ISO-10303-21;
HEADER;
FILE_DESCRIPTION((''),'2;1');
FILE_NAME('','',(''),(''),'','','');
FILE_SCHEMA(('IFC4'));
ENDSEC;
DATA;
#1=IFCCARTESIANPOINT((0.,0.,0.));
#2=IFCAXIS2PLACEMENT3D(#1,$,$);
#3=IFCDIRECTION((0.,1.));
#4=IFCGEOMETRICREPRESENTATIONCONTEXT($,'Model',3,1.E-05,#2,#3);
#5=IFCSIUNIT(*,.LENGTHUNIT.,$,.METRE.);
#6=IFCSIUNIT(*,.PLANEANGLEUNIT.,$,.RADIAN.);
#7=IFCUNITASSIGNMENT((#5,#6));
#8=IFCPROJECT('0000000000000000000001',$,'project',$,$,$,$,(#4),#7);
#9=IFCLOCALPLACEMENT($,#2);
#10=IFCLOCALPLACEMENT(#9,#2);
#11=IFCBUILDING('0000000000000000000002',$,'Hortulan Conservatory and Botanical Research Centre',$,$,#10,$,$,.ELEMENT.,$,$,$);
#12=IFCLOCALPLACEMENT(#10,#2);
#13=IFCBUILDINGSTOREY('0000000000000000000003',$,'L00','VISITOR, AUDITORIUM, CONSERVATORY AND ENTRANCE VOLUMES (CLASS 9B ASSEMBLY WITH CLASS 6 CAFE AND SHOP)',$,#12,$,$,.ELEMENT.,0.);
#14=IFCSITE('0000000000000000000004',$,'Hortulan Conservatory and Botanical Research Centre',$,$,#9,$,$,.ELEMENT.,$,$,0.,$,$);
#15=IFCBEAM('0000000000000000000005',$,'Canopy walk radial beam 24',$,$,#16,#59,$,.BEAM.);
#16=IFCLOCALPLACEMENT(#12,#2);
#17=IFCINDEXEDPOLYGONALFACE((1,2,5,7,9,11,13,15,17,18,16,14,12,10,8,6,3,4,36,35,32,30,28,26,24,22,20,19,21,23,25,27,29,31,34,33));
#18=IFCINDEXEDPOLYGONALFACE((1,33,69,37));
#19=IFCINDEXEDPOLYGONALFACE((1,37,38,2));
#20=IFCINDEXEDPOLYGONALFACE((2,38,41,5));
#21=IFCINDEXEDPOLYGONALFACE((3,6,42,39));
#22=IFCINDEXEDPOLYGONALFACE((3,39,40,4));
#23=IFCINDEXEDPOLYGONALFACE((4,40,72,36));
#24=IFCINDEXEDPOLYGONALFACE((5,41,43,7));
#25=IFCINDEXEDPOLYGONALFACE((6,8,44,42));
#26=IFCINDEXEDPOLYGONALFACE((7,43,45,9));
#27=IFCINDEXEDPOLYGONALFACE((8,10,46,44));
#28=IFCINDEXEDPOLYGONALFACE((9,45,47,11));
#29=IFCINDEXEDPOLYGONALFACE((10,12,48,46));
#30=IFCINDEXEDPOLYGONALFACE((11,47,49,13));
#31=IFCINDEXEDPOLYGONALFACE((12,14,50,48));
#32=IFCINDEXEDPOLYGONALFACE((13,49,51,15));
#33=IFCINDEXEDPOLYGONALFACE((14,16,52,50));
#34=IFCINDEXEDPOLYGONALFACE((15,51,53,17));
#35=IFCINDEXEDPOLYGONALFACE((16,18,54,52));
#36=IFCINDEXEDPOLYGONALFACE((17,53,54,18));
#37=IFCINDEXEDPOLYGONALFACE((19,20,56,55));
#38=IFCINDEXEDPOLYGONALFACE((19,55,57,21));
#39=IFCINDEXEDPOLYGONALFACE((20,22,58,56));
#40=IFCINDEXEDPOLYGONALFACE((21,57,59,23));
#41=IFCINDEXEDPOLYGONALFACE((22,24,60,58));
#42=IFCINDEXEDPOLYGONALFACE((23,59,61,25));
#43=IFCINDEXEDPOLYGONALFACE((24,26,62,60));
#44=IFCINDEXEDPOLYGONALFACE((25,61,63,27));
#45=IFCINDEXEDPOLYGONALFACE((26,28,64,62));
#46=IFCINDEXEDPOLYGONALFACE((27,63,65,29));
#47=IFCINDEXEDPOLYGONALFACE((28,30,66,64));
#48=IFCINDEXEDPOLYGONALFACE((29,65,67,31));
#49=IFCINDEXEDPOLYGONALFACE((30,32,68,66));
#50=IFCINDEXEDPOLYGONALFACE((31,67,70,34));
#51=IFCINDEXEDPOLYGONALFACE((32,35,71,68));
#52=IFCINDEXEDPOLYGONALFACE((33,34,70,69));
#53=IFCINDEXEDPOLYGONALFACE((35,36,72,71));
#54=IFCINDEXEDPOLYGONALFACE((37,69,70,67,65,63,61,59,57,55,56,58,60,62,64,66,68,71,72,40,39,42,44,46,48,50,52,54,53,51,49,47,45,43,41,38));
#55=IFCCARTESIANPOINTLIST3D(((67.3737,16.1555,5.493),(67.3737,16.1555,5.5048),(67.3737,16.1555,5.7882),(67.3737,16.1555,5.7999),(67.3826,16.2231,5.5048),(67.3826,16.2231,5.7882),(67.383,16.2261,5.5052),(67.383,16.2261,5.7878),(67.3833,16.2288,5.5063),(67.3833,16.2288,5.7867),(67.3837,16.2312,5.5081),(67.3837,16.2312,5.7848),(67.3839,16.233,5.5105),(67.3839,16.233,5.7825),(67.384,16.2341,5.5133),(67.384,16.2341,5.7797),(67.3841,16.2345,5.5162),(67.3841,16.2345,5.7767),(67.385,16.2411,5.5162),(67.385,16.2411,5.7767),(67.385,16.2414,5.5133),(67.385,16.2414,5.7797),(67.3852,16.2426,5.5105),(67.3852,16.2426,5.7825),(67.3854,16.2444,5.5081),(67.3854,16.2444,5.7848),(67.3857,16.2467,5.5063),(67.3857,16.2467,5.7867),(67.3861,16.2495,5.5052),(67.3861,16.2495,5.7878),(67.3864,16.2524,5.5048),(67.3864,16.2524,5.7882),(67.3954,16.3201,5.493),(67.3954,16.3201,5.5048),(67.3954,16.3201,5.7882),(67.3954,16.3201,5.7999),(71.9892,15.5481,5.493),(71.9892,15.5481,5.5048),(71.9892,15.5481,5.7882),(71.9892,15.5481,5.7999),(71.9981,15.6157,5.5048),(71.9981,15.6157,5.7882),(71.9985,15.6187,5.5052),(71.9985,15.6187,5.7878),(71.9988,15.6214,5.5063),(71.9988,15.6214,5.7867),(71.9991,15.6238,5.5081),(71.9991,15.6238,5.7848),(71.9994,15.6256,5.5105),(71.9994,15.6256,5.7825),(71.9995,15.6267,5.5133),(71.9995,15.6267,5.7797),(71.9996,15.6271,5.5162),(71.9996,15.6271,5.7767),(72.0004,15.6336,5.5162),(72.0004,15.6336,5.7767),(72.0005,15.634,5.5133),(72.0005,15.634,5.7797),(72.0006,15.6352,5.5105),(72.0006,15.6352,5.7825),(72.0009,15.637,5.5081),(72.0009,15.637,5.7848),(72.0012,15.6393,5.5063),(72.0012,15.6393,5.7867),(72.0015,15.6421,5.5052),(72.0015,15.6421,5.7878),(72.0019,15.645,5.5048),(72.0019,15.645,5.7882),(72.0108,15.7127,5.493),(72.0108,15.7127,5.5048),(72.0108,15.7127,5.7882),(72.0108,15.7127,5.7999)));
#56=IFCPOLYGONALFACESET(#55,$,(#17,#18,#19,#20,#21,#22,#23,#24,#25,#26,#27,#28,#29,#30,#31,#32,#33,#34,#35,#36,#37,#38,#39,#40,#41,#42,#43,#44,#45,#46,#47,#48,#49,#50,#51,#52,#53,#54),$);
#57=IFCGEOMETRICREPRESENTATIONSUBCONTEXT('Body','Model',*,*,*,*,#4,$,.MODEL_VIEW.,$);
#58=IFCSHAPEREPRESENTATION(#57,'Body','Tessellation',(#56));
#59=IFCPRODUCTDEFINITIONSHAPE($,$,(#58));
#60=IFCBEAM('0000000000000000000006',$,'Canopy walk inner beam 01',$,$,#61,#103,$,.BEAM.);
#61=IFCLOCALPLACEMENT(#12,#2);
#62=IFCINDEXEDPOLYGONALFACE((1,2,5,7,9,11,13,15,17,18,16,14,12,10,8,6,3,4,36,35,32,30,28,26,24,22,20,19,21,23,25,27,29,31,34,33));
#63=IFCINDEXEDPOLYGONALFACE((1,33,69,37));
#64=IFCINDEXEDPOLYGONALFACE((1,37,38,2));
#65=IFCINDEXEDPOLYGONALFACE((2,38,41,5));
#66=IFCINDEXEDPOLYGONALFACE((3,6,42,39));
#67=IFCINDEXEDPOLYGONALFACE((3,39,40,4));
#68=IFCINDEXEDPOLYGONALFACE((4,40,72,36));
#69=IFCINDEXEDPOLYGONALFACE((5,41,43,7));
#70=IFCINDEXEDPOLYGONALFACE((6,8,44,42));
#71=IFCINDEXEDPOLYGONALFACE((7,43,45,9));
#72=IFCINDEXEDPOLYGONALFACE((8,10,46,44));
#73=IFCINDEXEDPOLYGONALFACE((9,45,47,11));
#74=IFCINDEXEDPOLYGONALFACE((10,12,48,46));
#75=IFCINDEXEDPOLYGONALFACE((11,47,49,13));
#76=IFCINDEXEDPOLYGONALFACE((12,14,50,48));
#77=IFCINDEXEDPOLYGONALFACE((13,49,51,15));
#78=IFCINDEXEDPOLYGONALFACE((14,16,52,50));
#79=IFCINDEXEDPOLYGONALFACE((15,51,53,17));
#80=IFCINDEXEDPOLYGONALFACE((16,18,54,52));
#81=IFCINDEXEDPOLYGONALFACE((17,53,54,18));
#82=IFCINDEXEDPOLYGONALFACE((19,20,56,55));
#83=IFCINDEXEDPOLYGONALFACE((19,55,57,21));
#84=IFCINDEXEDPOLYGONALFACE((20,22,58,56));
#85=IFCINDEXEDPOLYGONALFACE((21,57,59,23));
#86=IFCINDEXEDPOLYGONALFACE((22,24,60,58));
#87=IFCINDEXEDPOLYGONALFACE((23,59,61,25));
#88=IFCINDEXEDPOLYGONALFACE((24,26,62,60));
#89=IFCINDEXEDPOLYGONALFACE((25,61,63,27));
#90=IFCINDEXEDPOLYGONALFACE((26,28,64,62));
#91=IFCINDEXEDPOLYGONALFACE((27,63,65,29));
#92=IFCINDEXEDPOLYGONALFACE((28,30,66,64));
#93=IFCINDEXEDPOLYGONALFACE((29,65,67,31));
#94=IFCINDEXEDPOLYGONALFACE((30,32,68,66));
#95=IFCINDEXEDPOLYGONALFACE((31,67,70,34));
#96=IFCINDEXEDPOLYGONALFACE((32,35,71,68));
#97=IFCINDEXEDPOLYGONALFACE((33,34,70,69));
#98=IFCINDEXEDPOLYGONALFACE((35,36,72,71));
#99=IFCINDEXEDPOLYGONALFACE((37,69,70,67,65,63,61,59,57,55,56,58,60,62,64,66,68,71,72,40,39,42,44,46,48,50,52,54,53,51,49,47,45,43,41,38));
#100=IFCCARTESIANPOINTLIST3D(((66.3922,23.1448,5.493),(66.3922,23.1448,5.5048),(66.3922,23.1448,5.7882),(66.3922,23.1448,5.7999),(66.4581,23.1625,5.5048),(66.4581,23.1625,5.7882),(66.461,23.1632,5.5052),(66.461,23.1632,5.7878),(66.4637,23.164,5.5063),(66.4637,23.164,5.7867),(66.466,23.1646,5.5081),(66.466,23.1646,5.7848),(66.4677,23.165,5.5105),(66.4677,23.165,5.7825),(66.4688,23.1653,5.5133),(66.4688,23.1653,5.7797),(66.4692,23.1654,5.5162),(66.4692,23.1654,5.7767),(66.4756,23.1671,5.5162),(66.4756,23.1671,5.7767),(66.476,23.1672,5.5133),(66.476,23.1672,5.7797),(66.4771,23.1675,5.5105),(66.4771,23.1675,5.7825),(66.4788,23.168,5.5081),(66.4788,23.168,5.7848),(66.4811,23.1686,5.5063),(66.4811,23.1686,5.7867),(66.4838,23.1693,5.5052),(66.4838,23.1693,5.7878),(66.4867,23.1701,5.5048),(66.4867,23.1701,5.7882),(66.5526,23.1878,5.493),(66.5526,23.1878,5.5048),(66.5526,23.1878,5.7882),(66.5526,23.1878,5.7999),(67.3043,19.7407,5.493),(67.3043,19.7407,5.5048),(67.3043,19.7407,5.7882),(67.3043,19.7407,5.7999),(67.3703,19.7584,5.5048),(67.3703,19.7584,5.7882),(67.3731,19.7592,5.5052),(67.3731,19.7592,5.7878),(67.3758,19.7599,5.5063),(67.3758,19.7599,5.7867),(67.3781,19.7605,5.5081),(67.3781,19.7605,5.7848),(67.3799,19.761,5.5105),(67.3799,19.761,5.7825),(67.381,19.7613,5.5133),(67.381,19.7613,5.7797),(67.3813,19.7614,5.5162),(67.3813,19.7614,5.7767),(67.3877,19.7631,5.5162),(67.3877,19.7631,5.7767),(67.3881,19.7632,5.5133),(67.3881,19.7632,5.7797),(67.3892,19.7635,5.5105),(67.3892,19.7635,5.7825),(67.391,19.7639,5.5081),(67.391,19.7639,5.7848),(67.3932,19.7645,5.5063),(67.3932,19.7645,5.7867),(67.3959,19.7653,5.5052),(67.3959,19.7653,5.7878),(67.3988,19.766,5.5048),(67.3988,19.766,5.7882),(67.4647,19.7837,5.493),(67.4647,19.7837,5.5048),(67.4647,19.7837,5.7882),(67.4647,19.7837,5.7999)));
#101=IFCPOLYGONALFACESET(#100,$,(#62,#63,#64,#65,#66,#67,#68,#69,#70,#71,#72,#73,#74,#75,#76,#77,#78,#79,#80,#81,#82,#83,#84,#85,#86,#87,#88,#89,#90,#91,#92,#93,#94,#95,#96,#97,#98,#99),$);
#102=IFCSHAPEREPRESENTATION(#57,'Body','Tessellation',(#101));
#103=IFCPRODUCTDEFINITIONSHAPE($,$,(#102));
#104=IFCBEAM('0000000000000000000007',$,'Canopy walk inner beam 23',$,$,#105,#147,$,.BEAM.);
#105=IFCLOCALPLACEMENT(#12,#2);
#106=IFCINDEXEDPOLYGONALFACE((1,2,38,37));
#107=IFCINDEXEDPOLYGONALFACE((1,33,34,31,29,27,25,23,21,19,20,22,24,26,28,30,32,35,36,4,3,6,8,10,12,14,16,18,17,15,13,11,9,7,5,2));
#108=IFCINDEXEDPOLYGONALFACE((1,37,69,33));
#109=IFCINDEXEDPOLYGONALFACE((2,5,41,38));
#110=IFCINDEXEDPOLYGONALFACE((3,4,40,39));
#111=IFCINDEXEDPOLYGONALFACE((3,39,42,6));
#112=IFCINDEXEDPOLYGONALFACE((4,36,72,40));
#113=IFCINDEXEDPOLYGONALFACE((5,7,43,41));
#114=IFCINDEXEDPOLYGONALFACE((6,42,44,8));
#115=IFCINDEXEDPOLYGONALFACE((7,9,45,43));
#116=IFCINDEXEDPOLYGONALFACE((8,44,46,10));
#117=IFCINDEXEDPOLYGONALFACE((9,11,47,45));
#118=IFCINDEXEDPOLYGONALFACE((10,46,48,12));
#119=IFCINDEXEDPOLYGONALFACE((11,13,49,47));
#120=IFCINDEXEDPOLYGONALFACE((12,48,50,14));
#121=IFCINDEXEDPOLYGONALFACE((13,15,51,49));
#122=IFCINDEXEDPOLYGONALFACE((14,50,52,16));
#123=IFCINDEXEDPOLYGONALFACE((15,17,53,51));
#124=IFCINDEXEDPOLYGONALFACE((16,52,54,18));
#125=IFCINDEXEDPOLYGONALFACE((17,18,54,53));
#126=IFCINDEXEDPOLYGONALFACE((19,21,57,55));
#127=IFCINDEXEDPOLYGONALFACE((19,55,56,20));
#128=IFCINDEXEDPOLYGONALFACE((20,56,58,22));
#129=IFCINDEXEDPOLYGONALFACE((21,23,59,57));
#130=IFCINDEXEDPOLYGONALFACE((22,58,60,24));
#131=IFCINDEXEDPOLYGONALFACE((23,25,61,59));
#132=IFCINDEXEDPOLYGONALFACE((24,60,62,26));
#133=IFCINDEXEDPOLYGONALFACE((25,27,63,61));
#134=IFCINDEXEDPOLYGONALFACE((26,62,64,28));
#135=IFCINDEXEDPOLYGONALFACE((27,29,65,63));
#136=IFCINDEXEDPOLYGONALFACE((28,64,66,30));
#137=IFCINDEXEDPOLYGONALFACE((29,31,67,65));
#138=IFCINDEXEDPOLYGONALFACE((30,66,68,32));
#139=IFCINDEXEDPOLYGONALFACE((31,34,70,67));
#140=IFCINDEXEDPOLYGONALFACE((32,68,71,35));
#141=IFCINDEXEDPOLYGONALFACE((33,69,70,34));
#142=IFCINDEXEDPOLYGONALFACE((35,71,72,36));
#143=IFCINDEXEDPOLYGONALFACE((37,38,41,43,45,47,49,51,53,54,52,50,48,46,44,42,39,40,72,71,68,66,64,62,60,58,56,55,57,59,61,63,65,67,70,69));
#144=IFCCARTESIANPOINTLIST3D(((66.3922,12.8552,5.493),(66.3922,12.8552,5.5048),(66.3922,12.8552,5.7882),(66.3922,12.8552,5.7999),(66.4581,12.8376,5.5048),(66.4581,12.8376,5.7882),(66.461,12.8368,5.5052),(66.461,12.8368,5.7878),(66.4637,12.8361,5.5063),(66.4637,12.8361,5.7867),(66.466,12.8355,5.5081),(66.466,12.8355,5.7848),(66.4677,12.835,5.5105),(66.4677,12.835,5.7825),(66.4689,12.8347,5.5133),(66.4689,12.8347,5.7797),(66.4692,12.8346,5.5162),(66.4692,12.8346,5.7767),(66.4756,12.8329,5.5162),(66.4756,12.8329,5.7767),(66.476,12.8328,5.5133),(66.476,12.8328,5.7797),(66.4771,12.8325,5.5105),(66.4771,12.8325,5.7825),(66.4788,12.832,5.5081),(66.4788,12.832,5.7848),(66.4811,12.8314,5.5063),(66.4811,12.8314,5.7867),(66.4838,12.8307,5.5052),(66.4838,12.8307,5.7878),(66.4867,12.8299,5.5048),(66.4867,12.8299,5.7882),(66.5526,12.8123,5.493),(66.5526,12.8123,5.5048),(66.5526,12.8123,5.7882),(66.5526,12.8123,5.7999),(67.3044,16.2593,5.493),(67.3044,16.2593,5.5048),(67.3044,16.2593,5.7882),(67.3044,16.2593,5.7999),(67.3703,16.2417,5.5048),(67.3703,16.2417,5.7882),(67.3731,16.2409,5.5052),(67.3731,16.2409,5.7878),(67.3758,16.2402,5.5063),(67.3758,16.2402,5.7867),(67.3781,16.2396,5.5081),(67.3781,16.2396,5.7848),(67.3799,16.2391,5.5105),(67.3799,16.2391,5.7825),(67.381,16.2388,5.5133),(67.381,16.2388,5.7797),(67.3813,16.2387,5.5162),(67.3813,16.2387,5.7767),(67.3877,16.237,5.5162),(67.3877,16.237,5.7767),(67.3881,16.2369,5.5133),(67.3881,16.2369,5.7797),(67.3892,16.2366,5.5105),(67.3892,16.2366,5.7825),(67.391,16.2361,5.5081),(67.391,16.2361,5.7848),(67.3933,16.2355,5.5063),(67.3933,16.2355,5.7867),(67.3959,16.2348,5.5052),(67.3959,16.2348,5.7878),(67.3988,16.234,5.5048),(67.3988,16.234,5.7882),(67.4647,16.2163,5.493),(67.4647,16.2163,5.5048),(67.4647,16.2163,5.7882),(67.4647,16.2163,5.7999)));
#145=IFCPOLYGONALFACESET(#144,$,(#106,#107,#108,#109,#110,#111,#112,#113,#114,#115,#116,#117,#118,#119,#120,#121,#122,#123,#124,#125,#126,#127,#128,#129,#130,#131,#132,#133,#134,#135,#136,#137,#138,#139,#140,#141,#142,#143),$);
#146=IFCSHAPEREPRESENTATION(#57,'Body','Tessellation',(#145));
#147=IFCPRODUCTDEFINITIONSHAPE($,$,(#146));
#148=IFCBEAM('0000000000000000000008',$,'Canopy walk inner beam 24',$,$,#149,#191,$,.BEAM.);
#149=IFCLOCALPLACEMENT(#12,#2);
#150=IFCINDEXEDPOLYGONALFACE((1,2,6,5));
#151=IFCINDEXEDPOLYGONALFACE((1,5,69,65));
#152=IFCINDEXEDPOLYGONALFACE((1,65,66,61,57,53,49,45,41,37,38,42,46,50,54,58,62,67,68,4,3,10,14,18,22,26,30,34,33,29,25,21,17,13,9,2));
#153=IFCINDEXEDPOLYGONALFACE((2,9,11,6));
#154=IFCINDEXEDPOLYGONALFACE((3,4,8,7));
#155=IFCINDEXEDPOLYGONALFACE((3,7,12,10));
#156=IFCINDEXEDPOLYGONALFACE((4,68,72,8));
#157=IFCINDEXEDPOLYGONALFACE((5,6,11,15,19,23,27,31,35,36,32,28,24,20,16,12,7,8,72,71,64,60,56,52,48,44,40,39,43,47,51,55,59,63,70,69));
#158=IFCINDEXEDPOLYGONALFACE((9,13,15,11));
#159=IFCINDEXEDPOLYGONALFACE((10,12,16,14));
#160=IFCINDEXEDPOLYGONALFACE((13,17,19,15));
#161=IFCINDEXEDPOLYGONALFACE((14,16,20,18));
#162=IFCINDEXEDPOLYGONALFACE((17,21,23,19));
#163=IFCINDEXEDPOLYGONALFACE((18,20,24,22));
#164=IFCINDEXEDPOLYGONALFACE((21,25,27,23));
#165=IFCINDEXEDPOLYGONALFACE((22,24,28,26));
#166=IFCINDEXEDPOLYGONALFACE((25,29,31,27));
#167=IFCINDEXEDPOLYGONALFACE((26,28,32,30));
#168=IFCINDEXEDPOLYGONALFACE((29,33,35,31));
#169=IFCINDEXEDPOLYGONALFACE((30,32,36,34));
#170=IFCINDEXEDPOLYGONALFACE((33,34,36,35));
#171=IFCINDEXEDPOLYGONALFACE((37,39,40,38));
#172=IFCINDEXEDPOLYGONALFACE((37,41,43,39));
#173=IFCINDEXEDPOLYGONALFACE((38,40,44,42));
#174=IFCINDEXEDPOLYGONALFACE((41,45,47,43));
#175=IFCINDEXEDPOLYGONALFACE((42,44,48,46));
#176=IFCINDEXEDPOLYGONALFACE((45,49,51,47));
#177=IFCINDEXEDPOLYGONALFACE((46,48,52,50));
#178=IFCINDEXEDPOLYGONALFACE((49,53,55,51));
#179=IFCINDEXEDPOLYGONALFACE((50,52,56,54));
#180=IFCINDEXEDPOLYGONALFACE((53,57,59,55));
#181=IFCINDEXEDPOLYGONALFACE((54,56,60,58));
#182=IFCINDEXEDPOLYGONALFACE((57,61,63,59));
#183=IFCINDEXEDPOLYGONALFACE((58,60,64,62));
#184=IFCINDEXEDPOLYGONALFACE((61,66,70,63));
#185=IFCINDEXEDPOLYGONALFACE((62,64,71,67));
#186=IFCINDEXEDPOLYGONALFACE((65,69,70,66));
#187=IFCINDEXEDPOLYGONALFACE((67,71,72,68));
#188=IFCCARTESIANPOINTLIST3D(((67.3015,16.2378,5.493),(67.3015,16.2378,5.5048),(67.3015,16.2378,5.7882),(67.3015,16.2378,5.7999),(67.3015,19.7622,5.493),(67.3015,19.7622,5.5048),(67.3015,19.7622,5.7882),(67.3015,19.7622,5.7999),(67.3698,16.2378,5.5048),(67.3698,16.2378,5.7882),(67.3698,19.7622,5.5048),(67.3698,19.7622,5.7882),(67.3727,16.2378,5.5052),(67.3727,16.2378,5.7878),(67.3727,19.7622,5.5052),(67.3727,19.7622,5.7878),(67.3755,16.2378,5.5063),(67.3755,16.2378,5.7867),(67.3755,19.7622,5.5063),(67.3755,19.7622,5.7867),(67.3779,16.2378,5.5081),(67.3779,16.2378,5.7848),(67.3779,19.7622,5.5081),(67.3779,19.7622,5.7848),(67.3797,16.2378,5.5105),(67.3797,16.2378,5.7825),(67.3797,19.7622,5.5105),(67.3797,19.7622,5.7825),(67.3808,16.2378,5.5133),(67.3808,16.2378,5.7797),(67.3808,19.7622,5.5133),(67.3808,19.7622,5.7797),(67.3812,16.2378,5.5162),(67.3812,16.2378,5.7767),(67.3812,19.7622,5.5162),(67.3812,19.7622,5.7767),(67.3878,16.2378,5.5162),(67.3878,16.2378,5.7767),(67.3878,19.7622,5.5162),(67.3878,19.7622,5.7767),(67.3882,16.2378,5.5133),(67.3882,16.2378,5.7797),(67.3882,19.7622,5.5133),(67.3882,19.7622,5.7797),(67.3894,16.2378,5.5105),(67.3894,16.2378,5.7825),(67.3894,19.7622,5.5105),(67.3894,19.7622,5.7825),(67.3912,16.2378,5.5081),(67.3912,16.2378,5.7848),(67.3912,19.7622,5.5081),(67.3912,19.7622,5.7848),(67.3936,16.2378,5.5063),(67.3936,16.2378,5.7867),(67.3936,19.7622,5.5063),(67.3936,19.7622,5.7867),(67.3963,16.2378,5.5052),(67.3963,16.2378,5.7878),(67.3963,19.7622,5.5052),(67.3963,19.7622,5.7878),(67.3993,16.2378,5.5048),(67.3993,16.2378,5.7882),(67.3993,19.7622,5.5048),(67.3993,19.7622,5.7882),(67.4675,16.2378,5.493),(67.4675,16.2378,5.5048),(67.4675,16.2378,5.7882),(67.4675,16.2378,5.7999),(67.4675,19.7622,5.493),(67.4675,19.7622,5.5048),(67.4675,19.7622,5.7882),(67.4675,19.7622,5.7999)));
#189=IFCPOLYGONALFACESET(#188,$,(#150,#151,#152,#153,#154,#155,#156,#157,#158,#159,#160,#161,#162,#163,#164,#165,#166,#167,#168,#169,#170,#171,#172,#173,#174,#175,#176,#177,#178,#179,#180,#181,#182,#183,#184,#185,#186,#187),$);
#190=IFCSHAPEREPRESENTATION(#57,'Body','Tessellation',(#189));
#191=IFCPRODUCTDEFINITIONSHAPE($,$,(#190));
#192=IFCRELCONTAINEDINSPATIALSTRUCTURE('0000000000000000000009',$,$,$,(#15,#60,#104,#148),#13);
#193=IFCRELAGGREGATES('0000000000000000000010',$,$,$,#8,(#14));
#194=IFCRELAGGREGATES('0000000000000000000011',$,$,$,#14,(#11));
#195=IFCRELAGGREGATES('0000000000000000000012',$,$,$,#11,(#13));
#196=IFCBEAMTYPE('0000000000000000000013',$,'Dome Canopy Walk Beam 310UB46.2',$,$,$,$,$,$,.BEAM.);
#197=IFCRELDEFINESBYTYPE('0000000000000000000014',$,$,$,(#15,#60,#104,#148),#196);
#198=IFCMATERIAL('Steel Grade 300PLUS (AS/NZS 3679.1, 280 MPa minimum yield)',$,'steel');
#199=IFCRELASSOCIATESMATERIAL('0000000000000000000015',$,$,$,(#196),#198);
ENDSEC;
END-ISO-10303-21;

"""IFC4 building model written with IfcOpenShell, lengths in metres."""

from ifc_helpers import new_model, si_unit, direction, frame, origin, origin_2d, place, context, subcontext, project, spatial, i_section, extrude, material, material_profile, profile_set, type_object, element, save


model = new_model("IFC4")

# Units and contexts
model_context = context("Model", 3, precision=1e-05, world=origin(), true_north=direction((0.0, 1.0)))
body_context = subcontext(model_context, "Body", "Model", "MODEL_VIEW")
ifc_project = project(units=[si_unit("LENGTHUNIT", "METRE"), si_unit("PLANEANGLEUNIT", "RADIAN")], contexts=[model_context])

# Site, building, storey
site_placement = place(None, origin())
site = spatial("IfcSite", under=ifc_project, at=site_placement, Name="Hortulan Conservatory and Botanical Research Centre", CompositionType="ELEMENT", RefElevation=0.0)
building_placement = place(site_placement, origin())
building = spatial("IfcBuilding", under=site, at=building_placement, Name="Hortulan Conservatory and Botanical Research Centre", CompositionType="ELEMENT")
storey_placement = place(building_placement, origin())
storey = spatial("IfcBuildingStorey", under=building, at=storey_placement, Name="L00", Description="VISITOR, AUDITORIUM, CONSERVATORY AND ENTRANCE VOLUMES (CLASS 9B ASSEMBLY WITH CLASS 6 CAFE AND SHOP)", CompositionType="ELEMENT", Elevation=0.0)

# Beams
ifc_material_1 = material(Name="Steel Grade 300PLUS (AS/NZS 3679.1, 280 MPa minimum yield)", Category="steel")
ifc_material_profile_1 = material_profile(ifc_material_1, i_section(OverallWidth=0.166, OverallDepth=0.3069, WebThickness=0.0066, FlangeThickness=0.0117, FilletRadius=0.0115, at=origin_2d()), Name="310UB46.2")
ifc_profile_set_1 = profile_set([ifc_material_profile_1], Name="Steel Grade 300PLUS (AS/NZS 3679.1, 280 MPa minimum yield)")
beam_type = type_object("IfcBeamType", Name="Dome Canopy Walk Beam 310UB46.2", PredefinedType="BEAM", material=ifc_profile_set_1)
for number, where, z_axis, x_axis, name in (
    (1, (67.3845, 16.2378, 5.6465), (0.991451, -0.13048, 0.0), (0.13048, 0.991451, 0.0), "Canopy walk radial beam 24"),
):
    element("IfcBeam", number, at=place(storey_placement, frame(where, z_axis=z_axis, x_axis=x_axis)), inside=storey, type_object=beam_type, Name=name, PredefinedType="BEAM", context=body_context, shape_type="SweptSolid", body=[
        extrude(i_section(OverallWidth=0.166, OverallDepth=0.3069, WebThickness=0.0066, FlangeThickness=0.0117, FilletRadius=0.0115, at=origin_2d()), origin(), (0.0, 0.0, 1.0), 4.6553),
    ])
for number, where, z_axis, x_axis, name in (
    (2, (67.3845, 19.7622, 5.6465), (-0.258818, 0.965926, 0.0), (-0.965926, -0.258818, 0.0), "Canopy walk inner beam 01"),
    (3, (66.4724, 12.8337, 5.6465), (0.258818, 0.965926, 0.0), (-0.965926, 0.258818, 0.0), "Canopy walk inner beam 23"),
):
    element("IfcBeam", number, at=place(storey_placement, frame(where, z_axis=z_axis, x_axis=x_axis)), inside=storey, type_object=beam_type, Name=name, PredefinedType="BEAM", context=body_context, shape_type="SweptSolid", body=[
        extrude(i_section(OverallWidth=0.166, OverallDepth=0.3069, WebThickness=0.0066, FlangeThickness=0.0117, FilletRadius=0.0115, at=origin_2d()), origin(), (0.0, 0.0, 1.0), 3.5242),
    ])
beam_placement = place(storey_placement, frame((67.3845, 16.2378, 5.6465), z_axis=(0.0, 1.0, 0.0), x_axis=(-1.0, 0.0, 0.0)))
element("IfcBeam", 4, at=beam_placement, inside=storey, type_object=beam_type, Name="Canopy walk inner beam 24", PredefinedType="BEAM", context=body_context, shape_type="SweptSolid", body=[
    extrude(i_section(OverallWidth=0.166, OverallDepth=0.3069, WebThickness=0.0066, FlangeThickness=0.0117, FilletRadius=0.0115, at=origin_2d()), origin(), (0.0, 0.0, 1.0), 3.5244),
])

save(model, "model.ifc")
